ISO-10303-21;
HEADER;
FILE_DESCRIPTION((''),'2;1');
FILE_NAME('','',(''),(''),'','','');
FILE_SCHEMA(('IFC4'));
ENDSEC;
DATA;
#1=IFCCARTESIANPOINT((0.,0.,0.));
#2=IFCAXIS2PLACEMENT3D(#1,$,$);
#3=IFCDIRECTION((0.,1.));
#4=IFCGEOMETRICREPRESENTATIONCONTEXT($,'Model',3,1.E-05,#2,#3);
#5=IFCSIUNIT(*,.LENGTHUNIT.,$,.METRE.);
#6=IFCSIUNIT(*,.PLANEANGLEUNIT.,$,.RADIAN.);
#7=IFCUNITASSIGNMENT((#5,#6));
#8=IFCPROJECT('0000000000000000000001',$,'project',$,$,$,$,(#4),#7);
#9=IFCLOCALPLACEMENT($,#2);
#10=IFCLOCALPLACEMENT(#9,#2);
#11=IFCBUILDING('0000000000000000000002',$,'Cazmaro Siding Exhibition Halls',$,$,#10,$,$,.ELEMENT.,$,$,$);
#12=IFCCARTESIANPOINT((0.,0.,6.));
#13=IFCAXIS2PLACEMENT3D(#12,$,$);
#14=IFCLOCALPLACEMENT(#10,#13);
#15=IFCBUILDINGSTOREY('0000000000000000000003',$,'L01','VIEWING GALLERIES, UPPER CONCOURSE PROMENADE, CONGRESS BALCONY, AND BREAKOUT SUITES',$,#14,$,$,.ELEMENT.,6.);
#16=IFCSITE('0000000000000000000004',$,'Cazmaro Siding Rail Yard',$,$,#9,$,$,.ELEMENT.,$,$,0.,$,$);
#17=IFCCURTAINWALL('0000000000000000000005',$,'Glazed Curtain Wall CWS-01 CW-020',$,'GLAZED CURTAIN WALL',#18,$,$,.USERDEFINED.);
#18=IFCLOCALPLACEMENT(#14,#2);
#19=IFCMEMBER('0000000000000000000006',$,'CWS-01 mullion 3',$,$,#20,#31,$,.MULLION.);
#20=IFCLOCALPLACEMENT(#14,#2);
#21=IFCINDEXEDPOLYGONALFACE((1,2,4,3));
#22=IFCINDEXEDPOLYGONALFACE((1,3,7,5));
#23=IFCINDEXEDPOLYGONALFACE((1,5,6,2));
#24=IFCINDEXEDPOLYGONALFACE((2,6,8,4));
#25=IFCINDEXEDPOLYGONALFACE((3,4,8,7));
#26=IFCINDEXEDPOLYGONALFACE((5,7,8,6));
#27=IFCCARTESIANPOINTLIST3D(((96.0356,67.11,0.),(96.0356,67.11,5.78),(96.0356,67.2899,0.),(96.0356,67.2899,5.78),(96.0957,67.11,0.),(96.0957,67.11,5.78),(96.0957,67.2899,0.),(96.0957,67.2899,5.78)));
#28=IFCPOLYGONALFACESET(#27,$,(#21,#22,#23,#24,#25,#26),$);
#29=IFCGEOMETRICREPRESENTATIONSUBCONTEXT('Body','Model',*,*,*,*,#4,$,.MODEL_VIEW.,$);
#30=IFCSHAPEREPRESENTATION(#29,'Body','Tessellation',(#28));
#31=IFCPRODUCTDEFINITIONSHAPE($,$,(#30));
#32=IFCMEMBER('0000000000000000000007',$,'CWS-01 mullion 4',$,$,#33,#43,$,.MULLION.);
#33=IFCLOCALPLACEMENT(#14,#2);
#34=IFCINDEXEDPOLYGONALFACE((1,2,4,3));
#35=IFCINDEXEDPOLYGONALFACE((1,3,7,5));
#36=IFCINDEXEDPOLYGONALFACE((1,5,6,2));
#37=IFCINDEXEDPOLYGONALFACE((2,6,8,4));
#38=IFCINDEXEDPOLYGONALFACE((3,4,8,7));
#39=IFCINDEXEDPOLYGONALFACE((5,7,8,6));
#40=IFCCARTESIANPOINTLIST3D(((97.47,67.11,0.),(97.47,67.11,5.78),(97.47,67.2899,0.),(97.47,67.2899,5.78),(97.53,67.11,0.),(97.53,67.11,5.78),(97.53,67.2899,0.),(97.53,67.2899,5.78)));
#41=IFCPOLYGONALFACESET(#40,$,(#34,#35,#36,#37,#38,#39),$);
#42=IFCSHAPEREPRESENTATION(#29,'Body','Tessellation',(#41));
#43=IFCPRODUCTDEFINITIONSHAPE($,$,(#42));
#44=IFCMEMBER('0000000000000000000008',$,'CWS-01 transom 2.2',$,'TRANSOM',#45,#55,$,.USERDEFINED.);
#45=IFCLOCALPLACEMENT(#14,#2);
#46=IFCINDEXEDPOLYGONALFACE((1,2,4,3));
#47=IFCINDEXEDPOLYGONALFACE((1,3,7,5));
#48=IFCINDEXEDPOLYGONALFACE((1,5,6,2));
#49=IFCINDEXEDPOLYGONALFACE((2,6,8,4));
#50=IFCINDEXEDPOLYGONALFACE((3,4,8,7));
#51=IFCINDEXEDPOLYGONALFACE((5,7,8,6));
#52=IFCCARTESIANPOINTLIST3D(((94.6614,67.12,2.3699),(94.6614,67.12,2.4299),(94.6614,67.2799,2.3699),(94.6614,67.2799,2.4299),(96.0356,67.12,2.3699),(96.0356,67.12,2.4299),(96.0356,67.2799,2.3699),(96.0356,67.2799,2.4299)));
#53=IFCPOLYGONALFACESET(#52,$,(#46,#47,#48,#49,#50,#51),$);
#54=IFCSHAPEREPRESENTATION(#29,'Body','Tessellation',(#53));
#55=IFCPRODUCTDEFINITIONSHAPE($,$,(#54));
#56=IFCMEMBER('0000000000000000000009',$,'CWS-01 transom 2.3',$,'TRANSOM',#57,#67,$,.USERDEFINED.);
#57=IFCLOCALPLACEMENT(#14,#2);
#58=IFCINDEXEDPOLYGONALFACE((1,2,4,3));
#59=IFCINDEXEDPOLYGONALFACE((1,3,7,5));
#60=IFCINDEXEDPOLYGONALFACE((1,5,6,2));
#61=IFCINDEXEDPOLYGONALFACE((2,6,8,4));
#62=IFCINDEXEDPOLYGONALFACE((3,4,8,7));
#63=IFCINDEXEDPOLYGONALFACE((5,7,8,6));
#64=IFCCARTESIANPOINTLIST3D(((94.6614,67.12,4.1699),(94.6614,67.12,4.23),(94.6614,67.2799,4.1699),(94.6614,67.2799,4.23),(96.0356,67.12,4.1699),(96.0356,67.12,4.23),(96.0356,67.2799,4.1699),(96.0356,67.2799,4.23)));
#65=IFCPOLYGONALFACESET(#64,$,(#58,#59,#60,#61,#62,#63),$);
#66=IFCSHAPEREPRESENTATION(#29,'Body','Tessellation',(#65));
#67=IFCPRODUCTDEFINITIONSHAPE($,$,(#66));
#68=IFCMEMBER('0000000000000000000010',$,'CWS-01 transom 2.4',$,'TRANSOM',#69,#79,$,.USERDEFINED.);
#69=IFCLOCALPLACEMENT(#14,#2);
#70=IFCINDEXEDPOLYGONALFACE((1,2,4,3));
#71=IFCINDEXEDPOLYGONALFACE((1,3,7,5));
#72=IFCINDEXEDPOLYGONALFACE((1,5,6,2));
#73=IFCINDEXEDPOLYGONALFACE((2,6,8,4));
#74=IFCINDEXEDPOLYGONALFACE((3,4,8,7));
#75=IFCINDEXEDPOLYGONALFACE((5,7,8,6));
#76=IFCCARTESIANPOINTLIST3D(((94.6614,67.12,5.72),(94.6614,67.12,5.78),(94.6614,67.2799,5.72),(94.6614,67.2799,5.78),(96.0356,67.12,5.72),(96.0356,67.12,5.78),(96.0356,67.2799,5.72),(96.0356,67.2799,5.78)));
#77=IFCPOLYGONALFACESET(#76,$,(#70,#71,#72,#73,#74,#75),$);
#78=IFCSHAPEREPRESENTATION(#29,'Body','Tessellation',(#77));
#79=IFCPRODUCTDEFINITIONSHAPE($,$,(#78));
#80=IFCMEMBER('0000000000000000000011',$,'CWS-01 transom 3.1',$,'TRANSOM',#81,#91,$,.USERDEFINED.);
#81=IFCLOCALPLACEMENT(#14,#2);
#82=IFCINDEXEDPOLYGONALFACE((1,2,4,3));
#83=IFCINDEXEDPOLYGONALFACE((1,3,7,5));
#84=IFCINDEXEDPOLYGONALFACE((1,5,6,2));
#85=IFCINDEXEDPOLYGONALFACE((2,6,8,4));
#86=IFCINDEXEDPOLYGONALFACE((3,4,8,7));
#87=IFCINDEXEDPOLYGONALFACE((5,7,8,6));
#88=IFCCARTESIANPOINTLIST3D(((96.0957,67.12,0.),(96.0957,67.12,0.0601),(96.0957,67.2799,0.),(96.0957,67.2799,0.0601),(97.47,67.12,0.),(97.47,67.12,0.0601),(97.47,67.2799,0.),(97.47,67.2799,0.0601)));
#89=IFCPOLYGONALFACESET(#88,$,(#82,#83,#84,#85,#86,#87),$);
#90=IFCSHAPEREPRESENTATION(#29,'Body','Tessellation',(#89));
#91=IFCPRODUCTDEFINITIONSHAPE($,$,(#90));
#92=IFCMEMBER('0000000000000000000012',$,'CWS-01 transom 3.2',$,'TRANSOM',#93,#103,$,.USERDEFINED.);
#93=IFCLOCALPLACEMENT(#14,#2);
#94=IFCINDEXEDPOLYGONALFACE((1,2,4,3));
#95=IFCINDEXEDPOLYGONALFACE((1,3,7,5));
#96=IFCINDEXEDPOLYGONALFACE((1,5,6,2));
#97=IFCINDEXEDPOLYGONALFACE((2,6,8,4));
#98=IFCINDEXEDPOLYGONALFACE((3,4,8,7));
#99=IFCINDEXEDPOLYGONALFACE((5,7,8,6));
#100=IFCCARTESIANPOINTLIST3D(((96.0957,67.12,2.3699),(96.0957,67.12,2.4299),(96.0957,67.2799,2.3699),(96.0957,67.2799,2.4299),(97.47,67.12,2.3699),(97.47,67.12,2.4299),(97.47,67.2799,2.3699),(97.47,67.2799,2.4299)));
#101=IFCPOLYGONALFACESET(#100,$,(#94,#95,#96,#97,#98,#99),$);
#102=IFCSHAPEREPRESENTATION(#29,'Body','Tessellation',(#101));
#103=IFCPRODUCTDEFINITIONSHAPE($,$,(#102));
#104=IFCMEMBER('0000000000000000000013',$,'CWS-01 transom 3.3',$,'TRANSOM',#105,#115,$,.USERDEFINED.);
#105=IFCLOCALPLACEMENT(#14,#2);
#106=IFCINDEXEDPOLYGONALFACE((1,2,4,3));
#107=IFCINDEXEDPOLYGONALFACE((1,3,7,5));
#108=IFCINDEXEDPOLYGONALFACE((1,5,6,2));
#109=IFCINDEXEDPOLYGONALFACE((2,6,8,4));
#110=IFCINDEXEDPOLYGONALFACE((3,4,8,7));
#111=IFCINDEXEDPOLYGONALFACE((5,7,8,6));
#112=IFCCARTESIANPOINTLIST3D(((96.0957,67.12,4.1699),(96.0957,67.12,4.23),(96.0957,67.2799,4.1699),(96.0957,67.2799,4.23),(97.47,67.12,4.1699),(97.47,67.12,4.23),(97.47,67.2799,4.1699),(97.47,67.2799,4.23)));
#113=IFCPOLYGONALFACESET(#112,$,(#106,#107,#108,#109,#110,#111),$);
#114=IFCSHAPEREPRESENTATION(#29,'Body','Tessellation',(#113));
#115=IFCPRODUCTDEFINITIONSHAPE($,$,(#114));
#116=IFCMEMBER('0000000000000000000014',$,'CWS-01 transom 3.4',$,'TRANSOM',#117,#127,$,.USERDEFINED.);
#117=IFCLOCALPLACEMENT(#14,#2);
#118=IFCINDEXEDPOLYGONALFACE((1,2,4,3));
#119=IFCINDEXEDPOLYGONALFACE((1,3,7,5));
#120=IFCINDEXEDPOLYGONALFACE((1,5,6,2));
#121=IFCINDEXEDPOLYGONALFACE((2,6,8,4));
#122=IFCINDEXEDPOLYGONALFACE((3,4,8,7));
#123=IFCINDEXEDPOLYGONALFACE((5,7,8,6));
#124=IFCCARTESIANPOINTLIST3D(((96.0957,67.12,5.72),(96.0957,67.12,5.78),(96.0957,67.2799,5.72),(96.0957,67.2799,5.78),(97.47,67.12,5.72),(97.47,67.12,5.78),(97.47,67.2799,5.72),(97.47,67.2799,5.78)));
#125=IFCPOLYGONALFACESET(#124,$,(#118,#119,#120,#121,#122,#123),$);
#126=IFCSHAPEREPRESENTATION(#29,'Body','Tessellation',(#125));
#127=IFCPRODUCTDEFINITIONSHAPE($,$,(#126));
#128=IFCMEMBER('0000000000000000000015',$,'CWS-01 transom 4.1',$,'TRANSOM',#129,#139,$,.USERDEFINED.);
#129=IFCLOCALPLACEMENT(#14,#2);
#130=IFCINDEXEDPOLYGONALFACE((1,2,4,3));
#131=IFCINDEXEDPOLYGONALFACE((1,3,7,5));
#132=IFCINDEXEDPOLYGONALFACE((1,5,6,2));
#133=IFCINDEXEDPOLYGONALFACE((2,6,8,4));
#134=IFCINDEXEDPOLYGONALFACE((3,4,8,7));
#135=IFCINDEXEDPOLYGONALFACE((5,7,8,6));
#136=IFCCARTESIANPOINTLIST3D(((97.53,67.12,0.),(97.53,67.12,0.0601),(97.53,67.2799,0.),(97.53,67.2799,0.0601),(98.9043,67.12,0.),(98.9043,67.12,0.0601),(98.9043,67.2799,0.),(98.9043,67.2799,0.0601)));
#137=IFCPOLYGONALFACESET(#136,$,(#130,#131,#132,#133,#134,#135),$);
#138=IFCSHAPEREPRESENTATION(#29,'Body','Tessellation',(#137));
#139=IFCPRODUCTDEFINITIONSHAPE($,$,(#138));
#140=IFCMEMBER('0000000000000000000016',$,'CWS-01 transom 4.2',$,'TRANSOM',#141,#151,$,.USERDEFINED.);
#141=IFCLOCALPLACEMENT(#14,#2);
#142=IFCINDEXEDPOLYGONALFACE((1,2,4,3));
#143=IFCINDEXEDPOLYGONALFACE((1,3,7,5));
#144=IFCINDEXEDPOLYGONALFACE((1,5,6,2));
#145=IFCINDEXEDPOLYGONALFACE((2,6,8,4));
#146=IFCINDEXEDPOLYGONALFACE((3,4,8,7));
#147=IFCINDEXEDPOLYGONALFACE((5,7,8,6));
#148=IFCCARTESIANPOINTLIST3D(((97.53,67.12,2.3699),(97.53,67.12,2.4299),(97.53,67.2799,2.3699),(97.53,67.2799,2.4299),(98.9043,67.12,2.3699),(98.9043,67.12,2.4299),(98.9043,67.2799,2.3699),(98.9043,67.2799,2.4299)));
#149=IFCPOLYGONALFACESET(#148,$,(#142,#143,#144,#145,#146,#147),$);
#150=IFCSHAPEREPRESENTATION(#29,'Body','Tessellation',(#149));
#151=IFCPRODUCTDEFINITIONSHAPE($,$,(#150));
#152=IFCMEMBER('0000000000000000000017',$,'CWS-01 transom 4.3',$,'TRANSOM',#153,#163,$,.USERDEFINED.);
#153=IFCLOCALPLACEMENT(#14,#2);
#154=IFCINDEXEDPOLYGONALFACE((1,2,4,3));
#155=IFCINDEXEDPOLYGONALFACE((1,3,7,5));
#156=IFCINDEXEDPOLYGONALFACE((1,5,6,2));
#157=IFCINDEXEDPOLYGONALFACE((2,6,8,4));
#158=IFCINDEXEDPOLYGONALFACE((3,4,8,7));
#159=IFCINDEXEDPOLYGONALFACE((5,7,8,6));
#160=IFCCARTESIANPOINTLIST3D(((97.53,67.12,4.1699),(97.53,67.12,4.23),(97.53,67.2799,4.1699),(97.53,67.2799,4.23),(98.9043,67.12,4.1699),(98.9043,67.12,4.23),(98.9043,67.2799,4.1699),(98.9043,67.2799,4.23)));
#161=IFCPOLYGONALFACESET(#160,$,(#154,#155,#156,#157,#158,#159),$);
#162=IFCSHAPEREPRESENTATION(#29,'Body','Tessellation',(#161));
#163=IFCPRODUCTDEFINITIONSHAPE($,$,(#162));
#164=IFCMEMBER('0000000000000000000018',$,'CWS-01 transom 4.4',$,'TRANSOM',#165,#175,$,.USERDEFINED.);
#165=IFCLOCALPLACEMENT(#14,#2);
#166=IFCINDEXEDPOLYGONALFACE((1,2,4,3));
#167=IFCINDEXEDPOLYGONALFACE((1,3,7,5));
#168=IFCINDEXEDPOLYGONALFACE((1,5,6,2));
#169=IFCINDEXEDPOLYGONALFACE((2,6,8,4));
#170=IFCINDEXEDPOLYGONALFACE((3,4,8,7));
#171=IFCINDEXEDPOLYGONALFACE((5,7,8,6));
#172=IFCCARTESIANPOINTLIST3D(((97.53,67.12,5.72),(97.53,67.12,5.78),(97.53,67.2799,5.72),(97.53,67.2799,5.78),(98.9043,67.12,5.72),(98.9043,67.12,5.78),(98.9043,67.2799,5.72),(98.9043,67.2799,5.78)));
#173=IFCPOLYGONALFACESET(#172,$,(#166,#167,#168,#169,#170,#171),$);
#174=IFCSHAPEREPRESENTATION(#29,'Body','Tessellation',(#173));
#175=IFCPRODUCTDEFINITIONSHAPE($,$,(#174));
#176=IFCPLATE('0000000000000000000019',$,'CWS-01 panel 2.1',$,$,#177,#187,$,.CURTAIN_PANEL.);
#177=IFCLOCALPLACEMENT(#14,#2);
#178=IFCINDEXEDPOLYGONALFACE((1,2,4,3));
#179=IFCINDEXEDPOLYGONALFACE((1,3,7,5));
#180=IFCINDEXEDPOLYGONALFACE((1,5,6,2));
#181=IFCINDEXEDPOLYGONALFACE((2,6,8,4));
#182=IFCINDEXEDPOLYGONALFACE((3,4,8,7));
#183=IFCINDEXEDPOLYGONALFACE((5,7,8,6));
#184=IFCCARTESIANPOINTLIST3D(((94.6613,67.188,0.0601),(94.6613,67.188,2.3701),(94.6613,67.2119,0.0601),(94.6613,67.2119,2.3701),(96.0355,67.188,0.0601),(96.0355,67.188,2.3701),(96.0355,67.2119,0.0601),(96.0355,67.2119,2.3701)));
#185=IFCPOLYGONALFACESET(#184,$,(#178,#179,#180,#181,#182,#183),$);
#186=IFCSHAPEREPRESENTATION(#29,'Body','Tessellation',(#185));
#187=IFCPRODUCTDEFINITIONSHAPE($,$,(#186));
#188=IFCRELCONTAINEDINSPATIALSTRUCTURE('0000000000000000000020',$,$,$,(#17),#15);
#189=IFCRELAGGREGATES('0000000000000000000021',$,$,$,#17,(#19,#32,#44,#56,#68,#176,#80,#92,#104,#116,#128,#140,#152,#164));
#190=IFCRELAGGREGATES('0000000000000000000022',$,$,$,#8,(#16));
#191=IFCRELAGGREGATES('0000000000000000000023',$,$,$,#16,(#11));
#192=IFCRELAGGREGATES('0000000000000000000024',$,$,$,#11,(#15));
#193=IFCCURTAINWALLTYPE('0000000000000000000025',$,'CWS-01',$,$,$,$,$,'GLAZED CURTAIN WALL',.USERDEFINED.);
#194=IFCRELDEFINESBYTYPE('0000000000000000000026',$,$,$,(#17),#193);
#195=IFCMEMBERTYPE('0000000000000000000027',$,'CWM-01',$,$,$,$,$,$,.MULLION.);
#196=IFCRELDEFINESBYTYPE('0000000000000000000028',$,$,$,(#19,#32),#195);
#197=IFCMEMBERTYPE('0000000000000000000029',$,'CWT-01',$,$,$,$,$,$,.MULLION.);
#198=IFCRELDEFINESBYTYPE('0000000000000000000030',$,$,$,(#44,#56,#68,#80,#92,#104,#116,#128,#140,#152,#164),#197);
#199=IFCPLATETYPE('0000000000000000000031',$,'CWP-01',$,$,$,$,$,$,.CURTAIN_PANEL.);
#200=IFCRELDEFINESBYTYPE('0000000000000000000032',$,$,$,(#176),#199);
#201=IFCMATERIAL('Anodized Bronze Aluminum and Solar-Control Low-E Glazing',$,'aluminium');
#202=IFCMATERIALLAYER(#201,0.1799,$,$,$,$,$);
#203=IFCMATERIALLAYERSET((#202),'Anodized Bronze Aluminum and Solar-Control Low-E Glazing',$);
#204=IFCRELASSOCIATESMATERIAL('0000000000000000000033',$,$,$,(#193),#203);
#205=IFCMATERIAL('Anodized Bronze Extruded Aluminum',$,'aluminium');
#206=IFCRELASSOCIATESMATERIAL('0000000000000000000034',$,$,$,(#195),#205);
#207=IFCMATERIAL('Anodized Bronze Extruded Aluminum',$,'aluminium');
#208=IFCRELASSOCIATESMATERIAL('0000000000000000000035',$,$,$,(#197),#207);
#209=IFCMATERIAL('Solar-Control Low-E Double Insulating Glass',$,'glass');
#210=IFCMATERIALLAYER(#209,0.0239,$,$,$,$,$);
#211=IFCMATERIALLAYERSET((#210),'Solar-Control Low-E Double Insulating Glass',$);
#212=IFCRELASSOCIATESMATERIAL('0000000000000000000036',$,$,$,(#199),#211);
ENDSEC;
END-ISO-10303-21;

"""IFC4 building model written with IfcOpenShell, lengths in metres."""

from ifc_helpers import new_model, si_unit, direction, frame, origin, origin_2d, place, context, subcontext, project, spatial, rectangle, extrude, material, layer, layer_set, material_profile, profile_set, type_object, element, aggregate, save


model = new_model("IFC4")

# Units and contexts
model_context = context("Model", 3, precision=1e-05, world=origin(), true_north=direction((0.0, 1.0)))
body_context = subcontext(model_context, "Body", "Model", "MODEL_VIEW")
ifc_project = project(units=[si_unit("LENGTHUNIT", "METRE"), si_unit("PLANEANGLEUNIT", "RADIAN")], contexts=[model_context])

# Site, building, storey
site_placement = place(None, origin())
site = spatial("IfcSite", under=ifc_project, at=site_placement, Name="Cazmaro Siding Rail Yard", CompositionType="ELEMENT", RefElevation=0.0)
building_placement = place(site_placement, origin())
building = spatial("IfcBuilding", under=site, at=building_placement, Name="Cazmaro Siding Exhibition Halls", CompositionType="ELEMENT")
storey_placement = place(building_placement, frame((0.0, 0.0, 6.0)))
storey = spatial("IfcBuildingStorey", under=building, at=storey_placement, Name="L01", Description="VIEWING GALLERIES, UPPER CONCOURSE PROMENADE, CONGRESS BALCONY, AND BREAKOUT SUITES", CompositionType="ELEMENT", Elevation=6.0)

# Curtain wall, members, plate
ifc_material_1 = material(Name="Anodized Bronze Aluminum and Solar-Control Low-E Glazing", Category="aluminium")
ifc_layer_1 = layer(ifc_material_1, 0.1799)
ifc_layer_set_1 = layer_set([ifc_layer_1], Name="Anodized Bronze Aluminum and Solar-Control Low-E Glazing")
curtain_wall_type = type_object("IfcCurtainWallType", Name="CWS-01", ElementType="GLAZED CURTAIN WALL", PredefinedType="USERDEFINED", material=ifc_layer_set_1)
curtain_wall_placement = place(storey_placement, origin())
curtain_wall = element("IfcCurtainWall", 1, at=curtain_wall_placement, inside=storey, type_object=curtain_wall_type, Name="Glazed Curtain Wall CWS-01 CW-020", ObjectType="GLAZED CURTAIN WALL", PredefinedType="USERDEFINED")
ifc_material_2 = material(Name="Anodized Bronze Extruded Aluminum", Category="aluminium")
ifc_material_profile_1 = material_profile(ifc_material_2, rectangle(XDim=0.1799, YDim=0.0601, at=origin_2d()), Name="CWM-01")
ifc_profile_set_1 = profile_set([ifc_material_profile_1], Name="Anodized Bronze Extruded Aluminum")
member_type_1 = type_object("IfcMemberType", Name="CWM-01", PredefinedType="MULLION", material=ifc_profile_set_1)
member_1_placement = place(storey_placement, frame((96.0657, 67.2, 0.0), z_axis=(0.0, 0.0, 1.0), x_axis=(0.0, 1.0, 0.0)))
member_1 = element("IfcMember", 2, at=member_1_placement, type_object=member_type_1, Name="CWS-01 mullion 3", PredefinedType="MULLION", context=body_context, shape_type="SweptSolid", body=[
    extrude(rectangle(XDim=0.1799, YDim=0.0601, at=origin_2d()), origin(), (0.0, 0.0, 1.0), 5.78),
])
member_2_placement = place(storey_placement, frame((97.5, 67.2, 0.0), z_axis=(0.0, 0.0, 1.0), x_axis=(0.0, 1.0, 0.0)))
member_2 = element("IfcMember", 3, at=member_2_placement, type_object=member_type_1, Name="CWS-01 mullion 4", PredefinedType="MULLION", context=body_context, shape_type="SweptSolid", body=[
    extrude(rectangle(XDim=0.1799, YDim=0.0601, at=origin_2d()), origin(), (0.0, 0.0, 1.0), 5.78),
])
ifc_material_3 = material(Name="Anodized Bronze Extruded Aluminum", Category="aluminium")
ifc_material_profile_2 = material_profile(ifc_material_3, rectangle(XDim=0.1599, YDim=0.0601, at=origin_2d()), Name="CWT-01")
ifc_profile_set_2 = profile_set([ifc_material_profile_2], Name="Anodized Bronze Extruded Aluminum")
member_type_2 = type_object("IfcMemberType", Name="CWT-01", PredefinedType="MULLION", material=ifc_profile_set_2)
member_3_placement = place(storey_placement, frame((94.6614, 67.2, 2.3999), z_axis=(1.0, 0.0, 0.0), x_axis=(0.0, 1.0, 0.0)))
member_3 = element("IfcMember", 4, at=member_3_placement, type_object=member_type_2, Name="CWS-01 transom 2.2", ObjectType="TRANSOM", PredefinedType="USERDEFINED", context=body_context, shape_type="SweptSolid", body=[
    extrude(rectangle(XDim=0.1599, YDim=0.0601, at=origin_2d()), origin(), (0.0, 0.0, 1.0), 1.3743),
])
member_4_placement = place(storey_placement, frame((94.6614, 67.2, 4.2), z_axis=(1.0, 0.0, 0.0), x_axis=(0.0, 1.0, 0.0)))
member_4 = element("IfcMember", 5, at=member_4_placement, type_object=member_type_2, Name="CWS-01 transom 2.3", ObjectType="TRANSOM", PredefinedType="USERDEFINED", context=body_context, shape_type="SweptSolid", body=[
    extrude(rectangle(XDim=0.1599, YDim=0.0601, at=origin_2d()), origin(), (0.0, 0.0, 1.0), 1.3743),
])
member_5_placement = place(storey_placement, frame((94.6614, 67.2, 5.75), z_axis=(1.0, 0.0, 0.0), x_axis=(0.0, 1.0, 0.0)))
member_5 = element("IfcMember", 6, at=member_5_placement, type_object=member_type_2, Name="CWS-01 transom 2.4", ObjectType="TRANSOM", PredefinedType="USERDEFINED", context=body_context, shape_type="SweptSolid", body=[
    extrude(rectangle(XDim=0.1599, YDim=0.0601, at=origin_2d()), origin(), (0.0, 0.0, 1.0), 1.3743),
])
member_6_placement = place(storey_placement, frame((96.0957, 67.2, 0.03), z_axis=(1.0, 0.0, 0.0), x_axis=(0.0, 1.0, 0.0)))
member_6 = element("IfcMember", 7, at=member_6_placement, type_object=member_type_2, Name="CWS-01 transom 3.1", ObjectType="TRANSOM", PredefinedType="USERDEFINED", context=body_context, shape_type="SweptSolid", body=[
    extrude(rectangle(XDim=0.1599, YDim=0.0601, at=origin_2d()), origin(), (0.0, 0.0, 1.0), 1.3743),
])
member_7_placement = place(storey_placement, frame((96.0957, 67.2, 2.3999), z_axis=(1.0, 0.0, 0.0), x_axis=(0.0, 1.0, 0.0)))
member_7 = element("IfcMember", 8, at=member_7_placement, type_object=member_type_2, Name="CWS-01 transom 3.2", ObjectType="TRANSOM", PredefinedType="USERDEFINED", context=body_context, shape_type="SweptSolid", body=[
    extrude(rectangle(XDim=0.1599, YDim=0.0601, at=origin_2d()), origin(), (0.0, 0.0, 1.0), 1.3743),
])
member_8_placement = place(storey_placement, frame((96.0957, 67.2, 4.2), z_axis=(1.0, 0.0, 0.0), x_axis=(0.0, 1.0, 0.0)))
member_8 = element("IfcMember", 9, at=member_8_placement, type_object=member_type_2, Name="CWS-01 transom 3.3", ObjectType="TRANSOM", PredefinedType="USERDEFINED", context=body_context, shape_type="SweptSolid", body=[
    extrude(rectangle(XDim=0.1599, YDim=0.0601, at=origin_2d()), origin(), (0.0, 0.0, 1.0), 1.3743),
])
member_9_placement = place(storey_placement, frame((96.0957, 67.2, 5.75), z_axis=(1.0, 0.0, 0.0), x_axis=(0.0, 1.0, 0.0)))
member_9 = element("IfcMember", 10, at=member_9_placement, type_object=member_type_2, Name="CWS-01 transom 3.4", ObjectType="TRANSOM", PredefinedType="USERDEFINED", context=body_context, shape_type="SweptSolid", body=[
    extrude(rectangle(XDim=0.1599, YDim=0.0601, at=origin_2d()), origin(), (0.0, 0.0, 1.0), 1.3743),
])
member_10_placement = place(storey_placement, frame((97.53, 67.2, 0.03), z_axis=(1.0, 0.0, 0.0), x_axis=(0.0, 1.0, 0.0)))
member_10 = element("IfcMember", 11, at=member_10_placement, type_object=member_type_2, Name="CWS-01 transom 4.1", ObjectType="TRANSOM", PredefinedType="USERDEFINED", context=body_context, shape_type="SweptSolid", body=[
    extrude(rectangle(XDim=0.1599, YDim=0.0601, at=origin_2d()), origin(), (0.0, 0.0, 1.0), 1.3743),
])
member_11_placement = place(storey_placement, frame((97.53, 67.2, 2.3999), z_axis=(1.0, 0.0, 0.0), x_axis=(0.0, 1.0, 0.0)))
member_11 = element("IfcMember", 12, at=member_11_placement, type_object=member_type_2, Name="CWS-01 transom 4.2", ObjectType="TRANSOM", PredefinedType="USERDEFINED", context=body_context, shape_type="SweptSolid", body=[
    extrude(rectangle(XDim=0.1599, YDim=0.0601, at=origin_2d()), origin(), (0.0, 0.0, 1.0), 1.3743),
])
member_12_placement = place(storey_placement, frame((97.53, 67.2, 4.2), z_axis=(1.0, 0.0, 0.0), x_axis=(0.0, 1.0, 0.0)))
member_12 = element("IfcMember", 13, at=member_12_placement, type_object=member_type_2, Name="CWS-01 transom 4.3", ObjectType="TRANSOM", PredefinedType="USERDEFINED", context=body_context, shape_type="SweptSolid", body=[
    extrude(rectangle(XDim=0.1599, YDim=0.0601, at=origin_2d()), origin(), (0.0, 0.0, 1.0), 1.3743),
])
member_13_placement = place(storey_placement, frame((97.53, 67.2, 5.75), z_axis=(1.0, 0.0, 0.0), x_axis=(0.0, 1.0, 0.0)))
member_13 = element("IfcMember", 14, at=member_13_placement, type_object=member_type_2, Name="CWS-01 transom 4.4", ObjectType="TRANSOM", PredefinedType="USERDEFINED", context=body_context, shape_type="SweptSolid", body=[
    extrude(rectangle(XDim=0.1599, YDim=0.0601, at=origin_2d()), origin(), (0.0, 0.0, 1.0), 1.3743),
])
ifc_material_4 = material(Name="Solar-Control Low-E Double Insulating Glass", Category="glass")
ifc_layer_2 = layer(ifc_material_4, 0.0239)
ifc_layer_set_2 = layer_set([ifc_layer_2], Name="Solar-Control Low-E Double Insulating Glass")
plate_type = type_object("IfcPlateType", Name="CWP-01", PredefinedType="CURTAIN_PANEL", material=ifc_layer_set_2)
plate_1_placement = place(storey_placement, frame((95.3484, 67.2, 0.0601), z_axis=(0.0, 0.0, 1.0), x_axis=(1.0, 0.0, 0.0)))
plate_1 = element("IfcPlate", 15, at=plate_1_placement, type_object=plate_type, Name="CWS-01 panel 2.1", PredefinedType="CURTAIN_PANEL", context=body_context, shape_type="SweptSolid", body=[
    extrude(rectangle(XDim=1.3743, YDim=0.0239, at=origin_2d()), origin(), (0.0, 0.0, 1.0), 2.3101),
])
aggregate(curtain_wall, [member_1, member_2, member_3, member_4, member_5, plate_1, member_6, member_7, member_8, member_9, member_10, member_11, member_12, member_13])

save(model, "model.ifc")
